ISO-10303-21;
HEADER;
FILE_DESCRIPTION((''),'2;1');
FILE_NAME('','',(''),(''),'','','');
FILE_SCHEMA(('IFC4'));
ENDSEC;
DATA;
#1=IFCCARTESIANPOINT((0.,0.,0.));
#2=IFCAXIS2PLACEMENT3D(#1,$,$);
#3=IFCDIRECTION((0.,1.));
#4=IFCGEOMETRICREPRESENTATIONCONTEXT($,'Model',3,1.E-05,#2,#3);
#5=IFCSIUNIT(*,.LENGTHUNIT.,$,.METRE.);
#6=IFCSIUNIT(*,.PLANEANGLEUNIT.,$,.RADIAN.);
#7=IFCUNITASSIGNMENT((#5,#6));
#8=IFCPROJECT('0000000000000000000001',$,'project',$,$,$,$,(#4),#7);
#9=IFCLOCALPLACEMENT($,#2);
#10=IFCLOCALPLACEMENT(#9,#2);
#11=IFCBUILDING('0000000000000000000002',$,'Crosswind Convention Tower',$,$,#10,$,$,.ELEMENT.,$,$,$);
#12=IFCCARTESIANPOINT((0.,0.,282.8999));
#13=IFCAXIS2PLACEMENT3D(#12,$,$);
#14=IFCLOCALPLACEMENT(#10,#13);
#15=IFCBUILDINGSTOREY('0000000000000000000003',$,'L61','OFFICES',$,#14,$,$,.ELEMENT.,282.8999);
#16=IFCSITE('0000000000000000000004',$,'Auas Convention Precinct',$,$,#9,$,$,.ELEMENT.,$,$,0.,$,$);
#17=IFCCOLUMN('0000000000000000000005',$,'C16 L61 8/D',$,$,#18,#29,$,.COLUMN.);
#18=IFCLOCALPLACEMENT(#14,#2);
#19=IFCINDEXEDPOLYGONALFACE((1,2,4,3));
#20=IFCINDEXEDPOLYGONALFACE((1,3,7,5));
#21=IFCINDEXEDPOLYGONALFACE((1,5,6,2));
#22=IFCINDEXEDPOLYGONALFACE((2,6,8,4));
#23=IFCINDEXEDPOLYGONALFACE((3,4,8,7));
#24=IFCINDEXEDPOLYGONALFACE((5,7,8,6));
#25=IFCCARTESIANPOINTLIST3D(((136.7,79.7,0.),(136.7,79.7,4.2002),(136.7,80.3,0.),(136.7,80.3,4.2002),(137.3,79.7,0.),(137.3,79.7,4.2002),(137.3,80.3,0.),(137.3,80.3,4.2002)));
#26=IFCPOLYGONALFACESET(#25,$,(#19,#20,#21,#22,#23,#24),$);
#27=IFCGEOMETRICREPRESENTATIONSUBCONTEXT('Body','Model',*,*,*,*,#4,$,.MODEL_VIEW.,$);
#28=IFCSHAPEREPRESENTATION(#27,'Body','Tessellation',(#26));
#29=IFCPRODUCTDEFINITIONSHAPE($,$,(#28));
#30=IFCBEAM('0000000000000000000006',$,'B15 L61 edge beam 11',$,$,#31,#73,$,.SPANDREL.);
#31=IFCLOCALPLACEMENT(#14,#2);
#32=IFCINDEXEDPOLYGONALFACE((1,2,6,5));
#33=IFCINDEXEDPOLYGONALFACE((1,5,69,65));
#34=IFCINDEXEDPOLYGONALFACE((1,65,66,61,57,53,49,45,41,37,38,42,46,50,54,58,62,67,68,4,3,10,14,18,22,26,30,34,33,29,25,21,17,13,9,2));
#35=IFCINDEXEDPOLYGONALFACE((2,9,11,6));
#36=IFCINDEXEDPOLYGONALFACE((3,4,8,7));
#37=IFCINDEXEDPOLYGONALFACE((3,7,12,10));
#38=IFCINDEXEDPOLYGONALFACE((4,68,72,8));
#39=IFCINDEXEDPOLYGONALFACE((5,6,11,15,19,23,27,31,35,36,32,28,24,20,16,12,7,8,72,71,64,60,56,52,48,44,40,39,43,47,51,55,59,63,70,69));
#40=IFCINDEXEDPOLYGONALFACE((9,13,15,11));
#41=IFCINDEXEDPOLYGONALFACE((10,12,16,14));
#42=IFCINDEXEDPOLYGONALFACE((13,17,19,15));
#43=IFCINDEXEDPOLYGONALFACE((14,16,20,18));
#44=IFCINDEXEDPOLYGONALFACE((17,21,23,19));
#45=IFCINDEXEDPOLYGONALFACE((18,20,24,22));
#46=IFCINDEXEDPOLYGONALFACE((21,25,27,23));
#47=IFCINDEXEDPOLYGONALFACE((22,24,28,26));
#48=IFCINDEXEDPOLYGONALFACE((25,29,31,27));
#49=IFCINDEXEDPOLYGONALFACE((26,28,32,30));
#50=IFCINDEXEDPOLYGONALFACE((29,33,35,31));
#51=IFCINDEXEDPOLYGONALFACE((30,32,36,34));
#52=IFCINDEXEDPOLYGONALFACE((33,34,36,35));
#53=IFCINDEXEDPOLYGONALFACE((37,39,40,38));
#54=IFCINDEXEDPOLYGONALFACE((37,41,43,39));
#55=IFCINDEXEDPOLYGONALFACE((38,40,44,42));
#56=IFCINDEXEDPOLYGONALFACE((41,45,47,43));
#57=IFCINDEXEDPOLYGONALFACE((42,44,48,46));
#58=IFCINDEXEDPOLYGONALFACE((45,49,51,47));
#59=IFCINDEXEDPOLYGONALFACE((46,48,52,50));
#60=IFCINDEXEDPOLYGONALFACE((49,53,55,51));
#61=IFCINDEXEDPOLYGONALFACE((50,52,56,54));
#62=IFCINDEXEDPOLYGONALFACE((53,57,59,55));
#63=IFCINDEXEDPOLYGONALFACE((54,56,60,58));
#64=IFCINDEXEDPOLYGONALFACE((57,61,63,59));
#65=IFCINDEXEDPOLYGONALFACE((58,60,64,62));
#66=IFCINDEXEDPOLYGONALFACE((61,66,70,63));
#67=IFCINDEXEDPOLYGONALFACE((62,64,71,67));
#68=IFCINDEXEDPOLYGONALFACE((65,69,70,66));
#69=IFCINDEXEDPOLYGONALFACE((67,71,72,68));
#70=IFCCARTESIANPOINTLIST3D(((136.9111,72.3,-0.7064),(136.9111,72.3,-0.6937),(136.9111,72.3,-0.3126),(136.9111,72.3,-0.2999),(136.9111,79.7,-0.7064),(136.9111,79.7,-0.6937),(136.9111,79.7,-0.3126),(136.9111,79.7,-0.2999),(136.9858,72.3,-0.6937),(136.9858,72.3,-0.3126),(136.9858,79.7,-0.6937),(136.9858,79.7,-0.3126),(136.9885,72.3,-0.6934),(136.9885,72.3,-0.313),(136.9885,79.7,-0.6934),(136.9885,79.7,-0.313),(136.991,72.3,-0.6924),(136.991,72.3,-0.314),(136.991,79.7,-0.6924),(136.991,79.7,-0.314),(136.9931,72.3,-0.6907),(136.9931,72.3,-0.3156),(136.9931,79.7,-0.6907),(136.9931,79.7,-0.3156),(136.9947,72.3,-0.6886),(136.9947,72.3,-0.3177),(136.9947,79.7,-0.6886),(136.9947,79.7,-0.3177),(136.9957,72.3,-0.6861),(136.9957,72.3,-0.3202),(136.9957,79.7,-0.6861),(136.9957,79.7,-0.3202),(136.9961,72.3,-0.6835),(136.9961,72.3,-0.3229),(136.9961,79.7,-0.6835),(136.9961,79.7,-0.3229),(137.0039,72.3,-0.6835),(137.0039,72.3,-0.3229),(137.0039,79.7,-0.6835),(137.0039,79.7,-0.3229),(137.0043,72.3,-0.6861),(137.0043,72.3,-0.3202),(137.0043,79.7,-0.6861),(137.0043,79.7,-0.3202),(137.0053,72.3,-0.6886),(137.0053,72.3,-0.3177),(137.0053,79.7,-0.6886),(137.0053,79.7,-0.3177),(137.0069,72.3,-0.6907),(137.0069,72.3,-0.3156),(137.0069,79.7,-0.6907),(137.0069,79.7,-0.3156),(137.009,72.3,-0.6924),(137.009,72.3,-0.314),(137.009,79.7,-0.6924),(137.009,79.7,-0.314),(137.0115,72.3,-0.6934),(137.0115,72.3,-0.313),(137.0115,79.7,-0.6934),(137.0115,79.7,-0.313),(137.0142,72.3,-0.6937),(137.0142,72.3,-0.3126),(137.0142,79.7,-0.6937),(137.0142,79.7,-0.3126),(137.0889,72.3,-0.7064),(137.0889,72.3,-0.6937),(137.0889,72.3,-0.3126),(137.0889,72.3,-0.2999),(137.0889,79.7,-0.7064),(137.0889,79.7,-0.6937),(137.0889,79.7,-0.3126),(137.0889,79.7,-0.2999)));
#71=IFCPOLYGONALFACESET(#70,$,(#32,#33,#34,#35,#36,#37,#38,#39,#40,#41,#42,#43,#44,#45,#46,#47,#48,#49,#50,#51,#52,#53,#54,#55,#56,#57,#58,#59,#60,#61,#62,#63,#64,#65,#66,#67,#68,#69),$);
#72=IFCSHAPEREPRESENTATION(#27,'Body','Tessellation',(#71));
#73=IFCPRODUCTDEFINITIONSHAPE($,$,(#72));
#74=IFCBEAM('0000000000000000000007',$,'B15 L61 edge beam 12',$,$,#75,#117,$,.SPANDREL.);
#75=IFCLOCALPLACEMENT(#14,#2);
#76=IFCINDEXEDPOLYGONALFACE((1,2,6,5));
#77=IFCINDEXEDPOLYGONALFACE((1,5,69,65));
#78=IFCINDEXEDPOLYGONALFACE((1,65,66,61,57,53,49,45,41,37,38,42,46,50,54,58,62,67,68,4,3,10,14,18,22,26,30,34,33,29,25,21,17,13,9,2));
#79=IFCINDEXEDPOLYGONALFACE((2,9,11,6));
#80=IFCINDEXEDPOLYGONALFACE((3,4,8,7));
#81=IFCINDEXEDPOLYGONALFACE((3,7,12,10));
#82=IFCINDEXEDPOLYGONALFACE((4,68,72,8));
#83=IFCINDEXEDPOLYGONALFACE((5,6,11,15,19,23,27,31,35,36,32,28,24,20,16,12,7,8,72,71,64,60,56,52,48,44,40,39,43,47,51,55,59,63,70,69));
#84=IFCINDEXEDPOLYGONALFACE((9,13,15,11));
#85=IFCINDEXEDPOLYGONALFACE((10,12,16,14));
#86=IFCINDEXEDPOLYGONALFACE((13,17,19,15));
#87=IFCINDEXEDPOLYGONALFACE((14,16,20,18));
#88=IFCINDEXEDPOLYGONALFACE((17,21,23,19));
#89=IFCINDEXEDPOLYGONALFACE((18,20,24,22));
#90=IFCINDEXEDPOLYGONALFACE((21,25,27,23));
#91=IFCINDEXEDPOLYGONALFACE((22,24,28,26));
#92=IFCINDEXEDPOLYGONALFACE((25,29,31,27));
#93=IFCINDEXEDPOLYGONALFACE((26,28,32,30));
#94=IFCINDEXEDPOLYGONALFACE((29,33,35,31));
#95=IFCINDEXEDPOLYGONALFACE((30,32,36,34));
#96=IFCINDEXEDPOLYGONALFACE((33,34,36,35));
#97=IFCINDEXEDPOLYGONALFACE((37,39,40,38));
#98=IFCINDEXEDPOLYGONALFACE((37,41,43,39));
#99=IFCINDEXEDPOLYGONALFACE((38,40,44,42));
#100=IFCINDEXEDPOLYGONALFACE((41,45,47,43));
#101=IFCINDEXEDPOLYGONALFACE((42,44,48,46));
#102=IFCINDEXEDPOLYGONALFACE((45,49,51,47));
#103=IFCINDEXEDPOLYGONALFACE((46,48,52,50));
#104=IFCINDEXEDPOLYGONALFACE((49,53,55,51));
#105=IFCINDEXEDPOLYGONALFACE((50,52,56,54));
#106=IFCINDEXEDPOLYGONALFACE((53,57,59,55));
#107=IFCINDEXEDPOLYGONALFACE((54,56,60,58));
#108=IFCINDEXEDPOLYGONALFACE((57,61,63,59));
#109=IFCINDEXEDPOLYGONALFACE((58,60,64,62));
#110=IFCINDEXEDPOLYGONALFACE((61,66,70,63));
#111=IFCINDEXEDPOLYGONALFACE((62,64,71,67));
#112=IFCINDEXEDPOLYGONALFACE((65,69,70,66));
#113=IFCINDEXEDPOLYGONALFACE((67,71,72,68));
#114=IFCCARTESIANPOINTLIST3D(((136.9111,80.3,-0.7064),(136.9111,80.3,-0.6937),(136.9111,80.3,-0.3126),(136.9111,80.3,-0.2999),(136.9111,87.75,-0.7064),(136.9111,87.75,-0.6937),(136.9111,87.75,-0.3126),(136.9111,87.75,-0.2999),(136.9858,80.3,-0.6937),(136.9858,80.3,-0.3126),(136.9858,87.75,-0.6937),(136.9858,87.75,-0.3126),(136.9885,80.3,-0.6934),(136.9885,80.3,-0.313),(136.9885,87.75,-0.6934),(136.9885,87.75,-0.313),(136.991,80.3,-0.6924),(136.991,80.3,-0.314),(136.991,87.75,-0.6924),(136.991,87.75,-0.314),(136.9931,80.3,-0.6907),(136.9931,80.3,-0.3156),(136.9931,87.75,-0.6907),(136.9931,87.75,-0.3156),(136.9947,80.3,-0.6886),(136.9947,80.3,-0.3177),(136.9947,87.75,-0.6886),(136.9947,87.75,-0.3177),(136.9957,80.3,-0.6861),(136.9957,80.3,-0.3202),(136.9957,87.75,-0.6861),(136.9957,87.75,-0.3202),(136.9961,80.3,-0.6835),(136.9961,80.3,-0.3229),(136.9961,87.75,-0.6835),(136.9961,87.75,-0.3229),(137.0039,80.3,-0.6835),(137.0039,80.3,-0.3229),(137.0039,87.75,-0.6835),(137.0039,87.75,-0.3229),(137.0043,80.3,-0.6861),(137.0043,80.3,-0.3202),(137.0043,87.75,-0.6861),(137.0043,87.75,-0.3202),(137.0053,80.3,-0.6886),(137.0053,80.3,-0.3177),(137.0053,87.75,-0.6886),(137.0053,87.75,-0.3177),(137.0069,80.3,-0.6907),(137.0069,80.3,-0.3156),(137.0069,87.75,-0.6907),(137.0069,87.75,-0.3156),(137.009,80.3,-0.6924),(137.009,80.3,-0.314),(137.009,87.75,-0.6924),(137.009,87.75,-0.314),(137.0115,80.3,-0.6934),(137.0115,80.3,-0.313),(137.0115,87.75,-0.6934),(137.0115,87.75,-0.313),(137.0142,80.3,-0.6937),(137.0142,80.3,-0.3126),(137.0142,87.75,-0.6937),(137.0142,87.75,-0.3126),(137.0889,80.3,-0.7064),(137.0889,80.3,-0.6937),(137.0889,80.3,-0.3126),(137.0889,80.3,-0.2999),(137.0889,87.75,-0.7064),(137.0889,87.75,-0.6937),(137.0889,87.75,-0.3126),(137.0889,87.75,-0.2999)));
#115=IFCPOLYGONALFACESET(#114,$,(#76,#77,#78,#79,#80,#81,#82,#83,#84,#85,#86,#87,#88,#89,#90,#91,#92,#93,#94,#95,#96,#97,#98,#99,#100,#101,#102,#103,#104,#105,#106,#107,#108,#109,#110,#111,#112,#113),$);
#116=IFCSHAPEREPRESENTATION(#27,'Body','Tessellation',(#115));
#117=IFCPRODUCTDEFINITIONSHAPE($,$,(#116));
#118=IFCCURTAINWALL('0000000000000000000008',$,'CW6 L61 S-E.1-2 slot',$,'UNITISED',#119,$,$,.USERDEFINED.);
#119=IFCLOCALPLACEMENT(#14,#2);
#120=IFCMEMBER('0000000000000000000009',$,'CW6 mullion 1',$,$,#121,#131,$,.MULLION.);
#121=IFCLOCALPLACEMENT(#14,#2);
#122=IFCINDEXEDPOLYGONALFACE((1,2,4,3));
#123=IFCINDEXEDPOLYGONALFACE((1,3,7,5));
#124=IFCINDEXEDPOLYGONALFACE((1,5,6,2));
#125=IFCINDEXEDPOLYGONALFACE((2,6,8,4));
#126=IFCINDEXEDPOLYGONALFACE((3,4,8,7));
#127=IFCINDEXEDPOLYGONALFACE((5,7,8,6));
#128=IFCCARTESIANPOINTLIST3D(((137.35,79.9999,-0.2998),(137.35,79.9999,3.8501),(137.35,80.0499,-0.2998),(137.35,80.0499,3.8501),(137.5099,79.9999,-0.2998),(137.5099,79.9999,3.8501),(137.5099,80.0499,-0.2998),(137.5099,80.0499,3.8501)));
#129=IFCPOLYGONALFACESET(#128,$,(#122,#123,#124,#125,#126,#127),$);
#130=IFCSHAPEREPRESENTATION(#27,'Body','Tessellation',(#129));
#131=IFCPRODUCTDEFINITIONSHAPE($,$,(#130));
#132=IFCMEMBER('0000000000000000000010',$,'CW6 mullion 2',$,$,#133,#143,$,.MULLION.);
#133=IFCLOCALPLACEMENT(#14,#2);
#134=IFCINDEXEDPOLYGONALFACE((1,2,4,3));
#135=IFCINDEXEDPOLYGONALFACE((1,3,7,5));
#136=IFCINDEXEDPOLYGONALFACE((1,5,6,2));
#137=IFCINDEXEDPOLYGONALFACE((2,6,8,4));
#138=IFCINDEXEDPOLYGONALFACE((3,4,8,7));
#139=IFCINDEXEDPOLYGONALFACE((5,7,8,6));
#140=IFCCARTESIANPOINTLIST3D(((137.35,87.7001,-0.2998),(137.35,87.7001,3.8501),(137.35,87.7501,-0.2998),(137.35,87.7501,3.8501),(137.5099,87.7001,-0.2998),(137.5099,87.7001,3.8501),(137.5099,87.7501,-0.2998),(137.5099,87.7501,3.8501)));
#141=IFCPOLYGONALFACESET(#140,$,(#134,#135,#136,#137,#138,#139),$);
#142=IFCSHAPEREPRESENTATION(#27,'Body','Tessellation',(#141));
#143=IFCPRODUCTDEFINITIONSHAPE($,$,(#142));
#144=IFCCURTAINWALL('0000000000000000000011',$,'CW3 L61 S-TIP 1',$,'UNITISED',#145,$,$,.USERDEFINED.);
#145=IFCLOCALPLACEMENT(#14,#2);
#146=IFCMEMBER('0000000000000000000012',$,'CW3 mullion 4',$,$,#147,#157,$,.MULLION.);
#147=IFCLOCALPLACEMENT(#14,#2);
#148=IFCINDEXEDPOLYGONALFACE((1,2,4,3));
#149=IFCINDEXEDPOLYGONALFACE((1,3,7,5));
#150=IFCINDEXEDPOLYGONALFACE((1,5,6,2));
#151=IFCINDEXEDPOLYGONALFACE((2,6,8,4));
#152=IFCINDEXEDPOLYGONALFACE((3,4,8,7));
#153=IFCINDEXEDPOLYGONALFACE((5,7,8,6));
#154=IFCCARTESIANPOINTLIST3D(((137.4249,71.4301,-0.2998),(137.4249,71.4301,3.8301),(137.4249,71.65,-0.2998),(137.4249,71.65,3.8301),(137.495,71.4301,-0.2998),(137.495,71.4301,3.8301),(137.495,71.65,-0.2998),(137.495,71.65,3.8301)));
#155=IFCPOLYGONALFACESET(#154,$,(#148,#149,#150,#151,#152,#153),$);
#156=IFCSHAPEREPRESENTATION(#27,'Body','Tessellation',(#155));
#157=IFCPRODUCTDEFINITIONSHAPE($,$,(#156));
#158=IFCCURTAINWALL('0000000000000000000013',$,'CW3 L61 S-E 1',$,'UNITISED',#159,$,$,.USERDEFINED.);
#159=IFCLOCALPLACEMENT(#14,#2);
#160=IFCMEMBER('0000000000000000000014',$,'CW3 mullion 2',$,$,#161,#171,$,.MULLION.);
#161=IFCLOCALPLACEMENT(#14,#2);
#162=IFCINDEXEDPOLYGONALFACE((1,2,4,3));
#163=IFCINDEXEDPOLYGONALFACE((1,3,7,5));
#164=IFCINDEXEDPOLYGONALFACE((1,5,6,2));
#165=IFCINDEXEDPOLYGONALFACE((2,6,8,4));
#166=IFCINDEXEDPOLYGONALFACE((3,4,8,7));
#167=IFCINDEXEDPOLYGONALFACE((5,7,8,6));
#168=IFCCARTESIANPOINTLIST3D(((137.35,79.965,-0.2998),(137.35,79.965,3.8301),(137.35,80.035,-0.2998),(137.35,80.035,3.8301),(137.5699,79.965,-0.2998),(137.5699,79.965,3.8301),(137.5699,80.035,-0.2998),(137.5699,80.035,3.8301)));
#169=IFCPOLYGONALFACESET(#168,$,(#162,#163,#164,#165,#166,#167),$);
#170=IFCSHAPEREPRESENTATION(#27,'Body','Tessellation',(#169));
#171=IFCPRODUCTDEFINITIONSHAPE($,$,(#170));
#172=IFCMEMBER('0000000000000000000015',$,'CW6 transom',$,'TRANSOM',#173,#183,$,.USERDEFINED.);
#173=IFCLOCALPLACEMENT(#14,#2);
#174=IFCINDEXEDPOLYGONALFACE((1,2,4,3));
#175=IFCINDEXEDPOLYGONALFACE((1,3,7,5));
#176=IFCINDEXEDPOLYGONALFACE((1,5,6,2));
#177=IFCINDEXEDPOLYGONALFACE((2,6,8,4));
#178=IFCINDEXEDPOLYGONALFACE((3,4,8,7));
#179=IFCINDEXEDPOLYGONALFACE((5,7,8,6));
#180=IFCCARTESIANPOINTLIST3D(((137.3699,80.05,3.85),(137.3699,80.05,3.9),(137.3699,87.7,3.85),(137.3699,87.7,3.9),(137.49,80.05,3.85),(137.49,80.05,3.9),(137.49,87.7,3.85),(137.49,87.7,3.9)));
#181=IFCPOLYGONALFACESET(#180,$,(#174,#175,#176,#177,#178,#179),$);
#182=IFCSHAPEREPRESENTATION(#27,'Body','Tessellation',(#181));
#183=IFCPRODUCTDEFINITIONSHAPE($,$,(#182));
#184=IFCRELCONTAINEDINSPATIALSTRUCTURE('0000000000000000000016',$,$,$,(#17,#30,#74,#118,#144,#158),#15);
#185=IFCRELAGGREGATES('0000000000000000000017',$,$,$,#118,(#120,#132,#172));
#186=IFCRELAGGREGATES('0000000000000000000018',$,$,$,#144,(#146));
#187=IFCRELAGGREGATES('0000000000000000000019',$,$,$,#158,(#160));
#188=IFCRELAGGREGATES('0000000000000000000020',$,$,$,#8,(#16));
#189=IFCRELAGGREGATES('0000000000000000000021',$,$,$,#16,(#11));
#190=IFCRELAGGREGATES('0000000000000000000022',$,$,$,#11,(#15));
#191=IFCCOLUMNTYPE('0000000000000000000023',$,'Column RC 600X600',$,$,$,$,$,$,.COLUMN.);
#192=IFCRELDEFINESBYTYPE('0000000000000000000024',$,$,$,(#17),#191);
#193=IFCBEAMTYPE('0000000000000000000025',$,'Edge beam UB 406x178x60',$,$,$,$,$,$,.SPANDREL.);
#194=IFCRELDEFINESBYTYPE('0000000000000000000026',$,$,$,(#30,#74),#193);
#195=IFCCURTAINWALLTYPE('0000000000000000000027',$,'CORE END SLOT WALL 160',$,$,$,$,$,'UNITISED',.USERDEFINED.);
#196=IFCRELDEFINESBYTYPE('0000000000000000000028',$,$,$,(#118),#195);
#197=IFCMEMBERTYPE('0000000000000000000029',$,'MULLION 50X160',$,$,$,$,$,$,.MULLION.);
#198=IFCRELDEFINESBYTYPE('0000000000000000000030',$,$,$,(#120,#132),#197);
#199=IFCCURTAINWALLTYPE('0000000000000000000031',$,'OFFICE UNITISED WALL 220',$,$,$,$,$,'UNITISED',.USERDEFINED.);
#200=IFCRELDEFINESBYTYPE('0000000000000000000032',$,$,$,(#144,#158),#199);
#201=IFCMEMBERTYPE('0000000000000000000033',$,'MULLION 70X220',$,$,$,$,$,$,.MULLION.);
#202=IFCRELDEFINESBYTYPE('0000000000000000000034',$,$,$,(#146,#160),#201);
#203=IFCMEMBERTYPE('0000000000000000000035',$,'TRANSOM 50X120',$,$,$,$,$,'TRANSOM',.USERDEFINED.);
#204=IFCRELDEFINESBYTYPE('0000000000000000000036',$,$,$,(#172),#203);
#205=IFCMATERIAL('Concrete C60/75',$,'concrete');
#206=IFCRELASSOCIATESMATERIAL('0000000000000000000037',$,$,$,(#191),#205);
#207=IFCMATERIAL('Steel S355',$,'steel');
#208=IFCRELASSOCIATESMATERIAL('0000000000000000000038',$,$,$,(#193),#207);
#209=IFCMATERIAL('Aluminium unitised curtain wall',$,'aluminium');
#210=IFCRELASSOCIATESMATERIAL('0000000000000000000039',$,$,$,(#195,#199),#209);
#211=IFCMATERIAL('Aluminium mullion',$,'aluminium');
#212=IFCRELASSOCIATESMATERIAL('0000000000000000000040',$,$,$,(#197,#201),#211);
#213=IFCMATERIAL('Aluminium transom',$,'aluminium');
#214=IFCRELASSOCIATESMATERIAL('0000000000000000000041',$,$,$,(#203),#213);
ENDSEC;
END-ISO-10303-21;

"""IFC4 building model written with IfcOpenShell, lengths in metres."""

from ifc_helpers import new_model, si_unit, direction, frame, origin, origin_2d, place, context, subcontext, project, spatial, rectangle, i_section, extrude, material, material_profile, profile_set, type_object, element, aggregate, save


model = new_model("IFC4")

# Units and contexts
model_context = context("Model", 3, precision=1e-05, world=origin(), true_north=direction((0.0, 1.0)))
body_context = subcontext(model_context, "Body", "Model", "MODEL_VIEW")
ifc_project = project(units=[si_unit("LENGTHUNIT", "METRE"), si_unit("PLANEANGLEUNIT", "RADIAN")], contexts=[model_context])

# Site, building, storey
site_placement = place(None, origin())
site = spatial("IfcSite", under=ifc_project, at=site_placement, Name="Auas Convention Precinct", CompositionType="ELEMENT", RefElevation=0.0)
building_placement = place(site_placement, origin())
building = spatial("IfcBuilding", under=site, at=building_placement, Name="Crosswind Convention Tower", CompositionType="ELEMENT")
storey_placement = place(building_placement, frame((0.0, 0.0, 282.8999)))
storey = spatial("IfcBuildingStorey", under=building, at=storey_placement, Name="L61", Description="OFFICES", CompositionType="ELEMENT", Elevation=282.8999)

# Column
ifc_material_1 = material(Name="Concrete C60/75", Category="concrete")
ifc_material_profile_1 = material_profile(ifc_material_1, rectangle(XDim=0.6001, YDim=0.6001, at=origin_2d()), Name="RC 600X600")
ifc_profile_set_1 = profile_set([ifc_material_profile_1], Name="Concrete C60/75")
column_type = type_object("IfcColumnType", Name="Column RC 600X600", PredefinedType="COLUMN", material=ifc_profile_set_1)
column_placement = place(storey_placement, frame((137.0, 80.0, 0.0), z_axis=(0.0, 0.0, 1.0), x_axis=(1.0, 0.0, 0.0)))
element("IfcColumn", 1, at=column_placement, inside=storey, type_object=column_type, Name="C16 L61 8/D", PredefinedType="COLUMN", context=body_context, shape_type="SweptSolid", body=[
    extrude(rectangle(XDim=0.6001, YDim=0.6001, at=origin_2d()), origin(), (0.0, 0.0, 1.0), 4.2002),
])

# Beams
ifc_material_2 = material(Name="Steel S355", Category="steel")
ifc_material_profile_2 = material_profile(ifc_material_2, i_section(OverallWidth=0.1777, OverallDepth=0.4065, WebThickness=0.0078, FlangeThickness=0.0127, FilletRadius=0.0103, at=origin_2d()), Name="UB 406x178x60")
ifc_profile_set_2 = profile_set([ifc_material_profile_2], Name="Steel S355")
beam_type = type_object("IfcBeamType", Name="Edge beam UB 406x178x60", PredefinedType="SPANDREL", material=ifc_profile_set_2)
beam_1_placement = place(storey_placement, frame((137.0, 72.3, -0.5032), z_axis=(0.0, 1.0, 0.0), x_axis=(-1.0, 0.0, 0.0)))
element("IfcBeam", 2, at=beam_1_placement, inside=storey, type_object=beam_type, Name="B15 L61 edge beam 11", PredefinedType="SPANDREL", context=body_context, shape_type="SweptSolid", body=[
    extrude(i_section(OverallWidth=0.1777, OverallDepth=0.4065, WebThickness=0.0078, FlangeThickness=0.0127, FilletRadius=0.0103, at=origin_2d()), origin(), (0.0, 0.0, 1.0), 7.3999),
])
beam_2_placement = place(storey_placement, frame((137.0, 80.3, -0.5032), z_axis=(0.0, 1.0, 0.0), x_axis=(-1.0, 0.0, 0.0)))
element("IfcBeam", 3, at=beam_2_placement, inside=storey, type_object=beam_type, Name="B15 L61 edge beam 12", PredefinedType="SPANDREL", context=body_context, shape_type="SweptSolid", body=[
    extrude(i_section(OverallWidth=0.1777, OverallDepth=0.4065, WebThickness=0.0078, FlangeThickness=0.0127, FilletRadius=0.0103, at=origin_2d()), origin(), (0.0, 0.0, 1.0), 7.45),
])

# Curtain wall, members
ifc_material_3 = material(Name="Aluminium unitised curtain wall", Category="aluminium")
curtain_wall_type_1 = type_object("IfcCurtainWallType", Name="CORE END SLOT WALL 160", ElementType="UNITISED", PredefinedType="USERDEFINED", material=ifc_material_3)
curtain_wall_1_placement = place(storey_placement, origin())
curtain_wall_1 = element("IfcCurtainWall", 4, at=curtain_wall_1_placement, inside=storey, type_object=curtain_wall_type_1, Name="CW6 L61 S-E.1-2 slot", ObjectType="UNITISED", PredefinedType="USERDEFINED")
ifc_material_4 = material(Name="Aluminium mullion", Category="aluminium")
ifc_material_profile_3 = material_profile(ifc_material_4, rectangle(XDim=0.1599, YDim=0.05, at=origin_2d()), Name="AL 160X50")
ifc_profile_set_3 = profile_set([ifc_material_profile_3], Name="Aluminium mullion")
member_type_1 = type_object("IfcMemberType", Name="MULLION 50X160", PredefinedType="MULLION", material=ifc_profile_set_3)
member_1_placement = place(storey_placement, frame((137.4299, 80.0249, -0.2998), z_axis=(0.0, 0.0, 1.0), x_axis=(1.0, 0.0, 0.0)))
member_1 = element("IfcMember", 5, at=member_1_placement, type_object=member_type_1, Name="CW6 mullion 1", PredefinedType="MULLION", context=body_context, shape_type="SweptSolid", body=[
    extrude(rectangle(XDim=0.1599, YDim=0.05, at=origin_2d()), origin(), (0.0, 0.0, 1.0), 4.1499),
])
member_2_placement = place(storey_placement, frame((137.4299, 87.7251, -0.2998), z_axis=(0.0, 0.0, 1.0), x_axis=(1.0, 0.0, 0.0)))
member_2 = element("IfcMember", 6, at=member_2_placement, type_object=member_type_1, Name="CW6 mullion 2", PredefinedType="MULLION", context=body_context, shape_type="SweptSolid", body=[
    extrude(rectangle(XDim=0.1599, YDim=0.05, at=origin_2d()), origin(), (0.0, 0.0, 1.0), 4.1499),
])

# Curtain walls, members
curtain_wall_type_2 = type_object("IfcCurtainWallType", Name="OFFICE UNITISED WALL 220", ElementType="UNITISED", PredefinedType="USERDEFINED", material=ifc_material_3)
curtain_wall_2_placement = place(storey_placement, origin())
curtain_wall_2 = element("IfcCurtainWall", 7, at=curtain_wall_2_placement, inside=storey, type_object=curtain_wall_type_2, Name="CW3 L61 S-TIP 1", ObjectType="UNITISED", PredefinedType="USERDEFINED")
ifc_material_profile_4 = material_profile(ifc_material_4, rectangle(XDim=0.22, YDim=0.0701, at=origin_2d()), Name="AL 220X70")
ifc_profile_set_4 = profile_set([ifc_material_profile_4], Name="Aluminium mullion")
member_type_2 = type_object("IfcMemberType", Name="MULLION 70X220", PredefinedType="MULLION", material=ifc_profile_set_4)
member_3_placement = place(storey_placement, frame((137.46, 71.54, -0.2998), z_axis=(0.0, 0.0, 1.0), x_axis=(0.0, -1.0, 0.0)))
member_3 = element("IfcMember", 8, at=member_3_placement, type_object=member_type_2, Name="CW3 mullion 4", PredefinedType="MULLION", context=body_context, shape_type="SweptSolid", body=[
    extrude(rectangle(XDim=0.22, YDim=0.0701, at=origin_2d()), origin(), (0.0, 0.0, 1.0), 4.1299),
])
curtain_wall_3_placement = place(storey_placement, origin())
curtain_wall_3 = element("IfcCurtainWall", 9, at=curtain_wall_3_placement, inside=storey, type_object=curtain_wall_type_2, Name="CW3 L61 S-E 1", ObjectType="UNITISED", PredefinedType="USERDEFINED")
member_4_placement = place(storey_placement, frame((137.46, 80.0, -0.2998), z_axis=(0.0, 0.0, 1.0), x_axis=(1.0, 0.0, 0.0)))
member_4 = element("IfcMember", 10, at=member_4_placement, type_object=member_type_2, Name="CW3 mullion 2", PredefinedType="MULLION", context=body_context, shape_type="SweptSolid", body=[
    extrude(rectangle(XDim=0.22, YDim=0.0701, at=origin_2d()), origin(), (0.0, 0.0, 1.0), 4.1299),
])

# Member
ifc_material_5 = material(Name="Aluminium transom", Category="aluminium")
ifc_material_profile_5 = material_profile(ifc_material_5, rectangle(XDim=0.1201, YDim=0.05, at=origin_2d()), Name="AL 120X50")
ifc_profile_set_5 = profile_set([ifc_material_profile_5], Name="Aluminium transom")
member_type_3 = type_object("IfcMemberType", Name="TRANSOM 50X120", ElementType="TRANSOM", PredefinedType="USERDEFINED", material=ifc_profile_set_5)
member_5_placement = place(storey_placement, frame((137.4299, 80.05, 3.875), z_axis=(0.0, 1.0, 0.0), x_axis=(-1.0, 0.0, 0.0)))
member_5 = element("IfcMember", 11, at=member_5_placement, type_object=member_type_3, Name="CW6 transom", ObjectType="TRANSOM", PredefinedType="USERDEFINED", context=body_context, shape_type="SweptSolid", body=[
    extrude(rectangle(XDim=0.1201, YDim=0.05, at=origin_2d()), origin(), (0.0, 0.0, 1.0), 7.6499),
])

aggregate(curtain_wall_1, [member_1, member_2, member_5])
aggregate(curtain_wall_2, [member_3])

aggregate(curtain_wall_3, [member_4])

save(model, "model.ifc")
